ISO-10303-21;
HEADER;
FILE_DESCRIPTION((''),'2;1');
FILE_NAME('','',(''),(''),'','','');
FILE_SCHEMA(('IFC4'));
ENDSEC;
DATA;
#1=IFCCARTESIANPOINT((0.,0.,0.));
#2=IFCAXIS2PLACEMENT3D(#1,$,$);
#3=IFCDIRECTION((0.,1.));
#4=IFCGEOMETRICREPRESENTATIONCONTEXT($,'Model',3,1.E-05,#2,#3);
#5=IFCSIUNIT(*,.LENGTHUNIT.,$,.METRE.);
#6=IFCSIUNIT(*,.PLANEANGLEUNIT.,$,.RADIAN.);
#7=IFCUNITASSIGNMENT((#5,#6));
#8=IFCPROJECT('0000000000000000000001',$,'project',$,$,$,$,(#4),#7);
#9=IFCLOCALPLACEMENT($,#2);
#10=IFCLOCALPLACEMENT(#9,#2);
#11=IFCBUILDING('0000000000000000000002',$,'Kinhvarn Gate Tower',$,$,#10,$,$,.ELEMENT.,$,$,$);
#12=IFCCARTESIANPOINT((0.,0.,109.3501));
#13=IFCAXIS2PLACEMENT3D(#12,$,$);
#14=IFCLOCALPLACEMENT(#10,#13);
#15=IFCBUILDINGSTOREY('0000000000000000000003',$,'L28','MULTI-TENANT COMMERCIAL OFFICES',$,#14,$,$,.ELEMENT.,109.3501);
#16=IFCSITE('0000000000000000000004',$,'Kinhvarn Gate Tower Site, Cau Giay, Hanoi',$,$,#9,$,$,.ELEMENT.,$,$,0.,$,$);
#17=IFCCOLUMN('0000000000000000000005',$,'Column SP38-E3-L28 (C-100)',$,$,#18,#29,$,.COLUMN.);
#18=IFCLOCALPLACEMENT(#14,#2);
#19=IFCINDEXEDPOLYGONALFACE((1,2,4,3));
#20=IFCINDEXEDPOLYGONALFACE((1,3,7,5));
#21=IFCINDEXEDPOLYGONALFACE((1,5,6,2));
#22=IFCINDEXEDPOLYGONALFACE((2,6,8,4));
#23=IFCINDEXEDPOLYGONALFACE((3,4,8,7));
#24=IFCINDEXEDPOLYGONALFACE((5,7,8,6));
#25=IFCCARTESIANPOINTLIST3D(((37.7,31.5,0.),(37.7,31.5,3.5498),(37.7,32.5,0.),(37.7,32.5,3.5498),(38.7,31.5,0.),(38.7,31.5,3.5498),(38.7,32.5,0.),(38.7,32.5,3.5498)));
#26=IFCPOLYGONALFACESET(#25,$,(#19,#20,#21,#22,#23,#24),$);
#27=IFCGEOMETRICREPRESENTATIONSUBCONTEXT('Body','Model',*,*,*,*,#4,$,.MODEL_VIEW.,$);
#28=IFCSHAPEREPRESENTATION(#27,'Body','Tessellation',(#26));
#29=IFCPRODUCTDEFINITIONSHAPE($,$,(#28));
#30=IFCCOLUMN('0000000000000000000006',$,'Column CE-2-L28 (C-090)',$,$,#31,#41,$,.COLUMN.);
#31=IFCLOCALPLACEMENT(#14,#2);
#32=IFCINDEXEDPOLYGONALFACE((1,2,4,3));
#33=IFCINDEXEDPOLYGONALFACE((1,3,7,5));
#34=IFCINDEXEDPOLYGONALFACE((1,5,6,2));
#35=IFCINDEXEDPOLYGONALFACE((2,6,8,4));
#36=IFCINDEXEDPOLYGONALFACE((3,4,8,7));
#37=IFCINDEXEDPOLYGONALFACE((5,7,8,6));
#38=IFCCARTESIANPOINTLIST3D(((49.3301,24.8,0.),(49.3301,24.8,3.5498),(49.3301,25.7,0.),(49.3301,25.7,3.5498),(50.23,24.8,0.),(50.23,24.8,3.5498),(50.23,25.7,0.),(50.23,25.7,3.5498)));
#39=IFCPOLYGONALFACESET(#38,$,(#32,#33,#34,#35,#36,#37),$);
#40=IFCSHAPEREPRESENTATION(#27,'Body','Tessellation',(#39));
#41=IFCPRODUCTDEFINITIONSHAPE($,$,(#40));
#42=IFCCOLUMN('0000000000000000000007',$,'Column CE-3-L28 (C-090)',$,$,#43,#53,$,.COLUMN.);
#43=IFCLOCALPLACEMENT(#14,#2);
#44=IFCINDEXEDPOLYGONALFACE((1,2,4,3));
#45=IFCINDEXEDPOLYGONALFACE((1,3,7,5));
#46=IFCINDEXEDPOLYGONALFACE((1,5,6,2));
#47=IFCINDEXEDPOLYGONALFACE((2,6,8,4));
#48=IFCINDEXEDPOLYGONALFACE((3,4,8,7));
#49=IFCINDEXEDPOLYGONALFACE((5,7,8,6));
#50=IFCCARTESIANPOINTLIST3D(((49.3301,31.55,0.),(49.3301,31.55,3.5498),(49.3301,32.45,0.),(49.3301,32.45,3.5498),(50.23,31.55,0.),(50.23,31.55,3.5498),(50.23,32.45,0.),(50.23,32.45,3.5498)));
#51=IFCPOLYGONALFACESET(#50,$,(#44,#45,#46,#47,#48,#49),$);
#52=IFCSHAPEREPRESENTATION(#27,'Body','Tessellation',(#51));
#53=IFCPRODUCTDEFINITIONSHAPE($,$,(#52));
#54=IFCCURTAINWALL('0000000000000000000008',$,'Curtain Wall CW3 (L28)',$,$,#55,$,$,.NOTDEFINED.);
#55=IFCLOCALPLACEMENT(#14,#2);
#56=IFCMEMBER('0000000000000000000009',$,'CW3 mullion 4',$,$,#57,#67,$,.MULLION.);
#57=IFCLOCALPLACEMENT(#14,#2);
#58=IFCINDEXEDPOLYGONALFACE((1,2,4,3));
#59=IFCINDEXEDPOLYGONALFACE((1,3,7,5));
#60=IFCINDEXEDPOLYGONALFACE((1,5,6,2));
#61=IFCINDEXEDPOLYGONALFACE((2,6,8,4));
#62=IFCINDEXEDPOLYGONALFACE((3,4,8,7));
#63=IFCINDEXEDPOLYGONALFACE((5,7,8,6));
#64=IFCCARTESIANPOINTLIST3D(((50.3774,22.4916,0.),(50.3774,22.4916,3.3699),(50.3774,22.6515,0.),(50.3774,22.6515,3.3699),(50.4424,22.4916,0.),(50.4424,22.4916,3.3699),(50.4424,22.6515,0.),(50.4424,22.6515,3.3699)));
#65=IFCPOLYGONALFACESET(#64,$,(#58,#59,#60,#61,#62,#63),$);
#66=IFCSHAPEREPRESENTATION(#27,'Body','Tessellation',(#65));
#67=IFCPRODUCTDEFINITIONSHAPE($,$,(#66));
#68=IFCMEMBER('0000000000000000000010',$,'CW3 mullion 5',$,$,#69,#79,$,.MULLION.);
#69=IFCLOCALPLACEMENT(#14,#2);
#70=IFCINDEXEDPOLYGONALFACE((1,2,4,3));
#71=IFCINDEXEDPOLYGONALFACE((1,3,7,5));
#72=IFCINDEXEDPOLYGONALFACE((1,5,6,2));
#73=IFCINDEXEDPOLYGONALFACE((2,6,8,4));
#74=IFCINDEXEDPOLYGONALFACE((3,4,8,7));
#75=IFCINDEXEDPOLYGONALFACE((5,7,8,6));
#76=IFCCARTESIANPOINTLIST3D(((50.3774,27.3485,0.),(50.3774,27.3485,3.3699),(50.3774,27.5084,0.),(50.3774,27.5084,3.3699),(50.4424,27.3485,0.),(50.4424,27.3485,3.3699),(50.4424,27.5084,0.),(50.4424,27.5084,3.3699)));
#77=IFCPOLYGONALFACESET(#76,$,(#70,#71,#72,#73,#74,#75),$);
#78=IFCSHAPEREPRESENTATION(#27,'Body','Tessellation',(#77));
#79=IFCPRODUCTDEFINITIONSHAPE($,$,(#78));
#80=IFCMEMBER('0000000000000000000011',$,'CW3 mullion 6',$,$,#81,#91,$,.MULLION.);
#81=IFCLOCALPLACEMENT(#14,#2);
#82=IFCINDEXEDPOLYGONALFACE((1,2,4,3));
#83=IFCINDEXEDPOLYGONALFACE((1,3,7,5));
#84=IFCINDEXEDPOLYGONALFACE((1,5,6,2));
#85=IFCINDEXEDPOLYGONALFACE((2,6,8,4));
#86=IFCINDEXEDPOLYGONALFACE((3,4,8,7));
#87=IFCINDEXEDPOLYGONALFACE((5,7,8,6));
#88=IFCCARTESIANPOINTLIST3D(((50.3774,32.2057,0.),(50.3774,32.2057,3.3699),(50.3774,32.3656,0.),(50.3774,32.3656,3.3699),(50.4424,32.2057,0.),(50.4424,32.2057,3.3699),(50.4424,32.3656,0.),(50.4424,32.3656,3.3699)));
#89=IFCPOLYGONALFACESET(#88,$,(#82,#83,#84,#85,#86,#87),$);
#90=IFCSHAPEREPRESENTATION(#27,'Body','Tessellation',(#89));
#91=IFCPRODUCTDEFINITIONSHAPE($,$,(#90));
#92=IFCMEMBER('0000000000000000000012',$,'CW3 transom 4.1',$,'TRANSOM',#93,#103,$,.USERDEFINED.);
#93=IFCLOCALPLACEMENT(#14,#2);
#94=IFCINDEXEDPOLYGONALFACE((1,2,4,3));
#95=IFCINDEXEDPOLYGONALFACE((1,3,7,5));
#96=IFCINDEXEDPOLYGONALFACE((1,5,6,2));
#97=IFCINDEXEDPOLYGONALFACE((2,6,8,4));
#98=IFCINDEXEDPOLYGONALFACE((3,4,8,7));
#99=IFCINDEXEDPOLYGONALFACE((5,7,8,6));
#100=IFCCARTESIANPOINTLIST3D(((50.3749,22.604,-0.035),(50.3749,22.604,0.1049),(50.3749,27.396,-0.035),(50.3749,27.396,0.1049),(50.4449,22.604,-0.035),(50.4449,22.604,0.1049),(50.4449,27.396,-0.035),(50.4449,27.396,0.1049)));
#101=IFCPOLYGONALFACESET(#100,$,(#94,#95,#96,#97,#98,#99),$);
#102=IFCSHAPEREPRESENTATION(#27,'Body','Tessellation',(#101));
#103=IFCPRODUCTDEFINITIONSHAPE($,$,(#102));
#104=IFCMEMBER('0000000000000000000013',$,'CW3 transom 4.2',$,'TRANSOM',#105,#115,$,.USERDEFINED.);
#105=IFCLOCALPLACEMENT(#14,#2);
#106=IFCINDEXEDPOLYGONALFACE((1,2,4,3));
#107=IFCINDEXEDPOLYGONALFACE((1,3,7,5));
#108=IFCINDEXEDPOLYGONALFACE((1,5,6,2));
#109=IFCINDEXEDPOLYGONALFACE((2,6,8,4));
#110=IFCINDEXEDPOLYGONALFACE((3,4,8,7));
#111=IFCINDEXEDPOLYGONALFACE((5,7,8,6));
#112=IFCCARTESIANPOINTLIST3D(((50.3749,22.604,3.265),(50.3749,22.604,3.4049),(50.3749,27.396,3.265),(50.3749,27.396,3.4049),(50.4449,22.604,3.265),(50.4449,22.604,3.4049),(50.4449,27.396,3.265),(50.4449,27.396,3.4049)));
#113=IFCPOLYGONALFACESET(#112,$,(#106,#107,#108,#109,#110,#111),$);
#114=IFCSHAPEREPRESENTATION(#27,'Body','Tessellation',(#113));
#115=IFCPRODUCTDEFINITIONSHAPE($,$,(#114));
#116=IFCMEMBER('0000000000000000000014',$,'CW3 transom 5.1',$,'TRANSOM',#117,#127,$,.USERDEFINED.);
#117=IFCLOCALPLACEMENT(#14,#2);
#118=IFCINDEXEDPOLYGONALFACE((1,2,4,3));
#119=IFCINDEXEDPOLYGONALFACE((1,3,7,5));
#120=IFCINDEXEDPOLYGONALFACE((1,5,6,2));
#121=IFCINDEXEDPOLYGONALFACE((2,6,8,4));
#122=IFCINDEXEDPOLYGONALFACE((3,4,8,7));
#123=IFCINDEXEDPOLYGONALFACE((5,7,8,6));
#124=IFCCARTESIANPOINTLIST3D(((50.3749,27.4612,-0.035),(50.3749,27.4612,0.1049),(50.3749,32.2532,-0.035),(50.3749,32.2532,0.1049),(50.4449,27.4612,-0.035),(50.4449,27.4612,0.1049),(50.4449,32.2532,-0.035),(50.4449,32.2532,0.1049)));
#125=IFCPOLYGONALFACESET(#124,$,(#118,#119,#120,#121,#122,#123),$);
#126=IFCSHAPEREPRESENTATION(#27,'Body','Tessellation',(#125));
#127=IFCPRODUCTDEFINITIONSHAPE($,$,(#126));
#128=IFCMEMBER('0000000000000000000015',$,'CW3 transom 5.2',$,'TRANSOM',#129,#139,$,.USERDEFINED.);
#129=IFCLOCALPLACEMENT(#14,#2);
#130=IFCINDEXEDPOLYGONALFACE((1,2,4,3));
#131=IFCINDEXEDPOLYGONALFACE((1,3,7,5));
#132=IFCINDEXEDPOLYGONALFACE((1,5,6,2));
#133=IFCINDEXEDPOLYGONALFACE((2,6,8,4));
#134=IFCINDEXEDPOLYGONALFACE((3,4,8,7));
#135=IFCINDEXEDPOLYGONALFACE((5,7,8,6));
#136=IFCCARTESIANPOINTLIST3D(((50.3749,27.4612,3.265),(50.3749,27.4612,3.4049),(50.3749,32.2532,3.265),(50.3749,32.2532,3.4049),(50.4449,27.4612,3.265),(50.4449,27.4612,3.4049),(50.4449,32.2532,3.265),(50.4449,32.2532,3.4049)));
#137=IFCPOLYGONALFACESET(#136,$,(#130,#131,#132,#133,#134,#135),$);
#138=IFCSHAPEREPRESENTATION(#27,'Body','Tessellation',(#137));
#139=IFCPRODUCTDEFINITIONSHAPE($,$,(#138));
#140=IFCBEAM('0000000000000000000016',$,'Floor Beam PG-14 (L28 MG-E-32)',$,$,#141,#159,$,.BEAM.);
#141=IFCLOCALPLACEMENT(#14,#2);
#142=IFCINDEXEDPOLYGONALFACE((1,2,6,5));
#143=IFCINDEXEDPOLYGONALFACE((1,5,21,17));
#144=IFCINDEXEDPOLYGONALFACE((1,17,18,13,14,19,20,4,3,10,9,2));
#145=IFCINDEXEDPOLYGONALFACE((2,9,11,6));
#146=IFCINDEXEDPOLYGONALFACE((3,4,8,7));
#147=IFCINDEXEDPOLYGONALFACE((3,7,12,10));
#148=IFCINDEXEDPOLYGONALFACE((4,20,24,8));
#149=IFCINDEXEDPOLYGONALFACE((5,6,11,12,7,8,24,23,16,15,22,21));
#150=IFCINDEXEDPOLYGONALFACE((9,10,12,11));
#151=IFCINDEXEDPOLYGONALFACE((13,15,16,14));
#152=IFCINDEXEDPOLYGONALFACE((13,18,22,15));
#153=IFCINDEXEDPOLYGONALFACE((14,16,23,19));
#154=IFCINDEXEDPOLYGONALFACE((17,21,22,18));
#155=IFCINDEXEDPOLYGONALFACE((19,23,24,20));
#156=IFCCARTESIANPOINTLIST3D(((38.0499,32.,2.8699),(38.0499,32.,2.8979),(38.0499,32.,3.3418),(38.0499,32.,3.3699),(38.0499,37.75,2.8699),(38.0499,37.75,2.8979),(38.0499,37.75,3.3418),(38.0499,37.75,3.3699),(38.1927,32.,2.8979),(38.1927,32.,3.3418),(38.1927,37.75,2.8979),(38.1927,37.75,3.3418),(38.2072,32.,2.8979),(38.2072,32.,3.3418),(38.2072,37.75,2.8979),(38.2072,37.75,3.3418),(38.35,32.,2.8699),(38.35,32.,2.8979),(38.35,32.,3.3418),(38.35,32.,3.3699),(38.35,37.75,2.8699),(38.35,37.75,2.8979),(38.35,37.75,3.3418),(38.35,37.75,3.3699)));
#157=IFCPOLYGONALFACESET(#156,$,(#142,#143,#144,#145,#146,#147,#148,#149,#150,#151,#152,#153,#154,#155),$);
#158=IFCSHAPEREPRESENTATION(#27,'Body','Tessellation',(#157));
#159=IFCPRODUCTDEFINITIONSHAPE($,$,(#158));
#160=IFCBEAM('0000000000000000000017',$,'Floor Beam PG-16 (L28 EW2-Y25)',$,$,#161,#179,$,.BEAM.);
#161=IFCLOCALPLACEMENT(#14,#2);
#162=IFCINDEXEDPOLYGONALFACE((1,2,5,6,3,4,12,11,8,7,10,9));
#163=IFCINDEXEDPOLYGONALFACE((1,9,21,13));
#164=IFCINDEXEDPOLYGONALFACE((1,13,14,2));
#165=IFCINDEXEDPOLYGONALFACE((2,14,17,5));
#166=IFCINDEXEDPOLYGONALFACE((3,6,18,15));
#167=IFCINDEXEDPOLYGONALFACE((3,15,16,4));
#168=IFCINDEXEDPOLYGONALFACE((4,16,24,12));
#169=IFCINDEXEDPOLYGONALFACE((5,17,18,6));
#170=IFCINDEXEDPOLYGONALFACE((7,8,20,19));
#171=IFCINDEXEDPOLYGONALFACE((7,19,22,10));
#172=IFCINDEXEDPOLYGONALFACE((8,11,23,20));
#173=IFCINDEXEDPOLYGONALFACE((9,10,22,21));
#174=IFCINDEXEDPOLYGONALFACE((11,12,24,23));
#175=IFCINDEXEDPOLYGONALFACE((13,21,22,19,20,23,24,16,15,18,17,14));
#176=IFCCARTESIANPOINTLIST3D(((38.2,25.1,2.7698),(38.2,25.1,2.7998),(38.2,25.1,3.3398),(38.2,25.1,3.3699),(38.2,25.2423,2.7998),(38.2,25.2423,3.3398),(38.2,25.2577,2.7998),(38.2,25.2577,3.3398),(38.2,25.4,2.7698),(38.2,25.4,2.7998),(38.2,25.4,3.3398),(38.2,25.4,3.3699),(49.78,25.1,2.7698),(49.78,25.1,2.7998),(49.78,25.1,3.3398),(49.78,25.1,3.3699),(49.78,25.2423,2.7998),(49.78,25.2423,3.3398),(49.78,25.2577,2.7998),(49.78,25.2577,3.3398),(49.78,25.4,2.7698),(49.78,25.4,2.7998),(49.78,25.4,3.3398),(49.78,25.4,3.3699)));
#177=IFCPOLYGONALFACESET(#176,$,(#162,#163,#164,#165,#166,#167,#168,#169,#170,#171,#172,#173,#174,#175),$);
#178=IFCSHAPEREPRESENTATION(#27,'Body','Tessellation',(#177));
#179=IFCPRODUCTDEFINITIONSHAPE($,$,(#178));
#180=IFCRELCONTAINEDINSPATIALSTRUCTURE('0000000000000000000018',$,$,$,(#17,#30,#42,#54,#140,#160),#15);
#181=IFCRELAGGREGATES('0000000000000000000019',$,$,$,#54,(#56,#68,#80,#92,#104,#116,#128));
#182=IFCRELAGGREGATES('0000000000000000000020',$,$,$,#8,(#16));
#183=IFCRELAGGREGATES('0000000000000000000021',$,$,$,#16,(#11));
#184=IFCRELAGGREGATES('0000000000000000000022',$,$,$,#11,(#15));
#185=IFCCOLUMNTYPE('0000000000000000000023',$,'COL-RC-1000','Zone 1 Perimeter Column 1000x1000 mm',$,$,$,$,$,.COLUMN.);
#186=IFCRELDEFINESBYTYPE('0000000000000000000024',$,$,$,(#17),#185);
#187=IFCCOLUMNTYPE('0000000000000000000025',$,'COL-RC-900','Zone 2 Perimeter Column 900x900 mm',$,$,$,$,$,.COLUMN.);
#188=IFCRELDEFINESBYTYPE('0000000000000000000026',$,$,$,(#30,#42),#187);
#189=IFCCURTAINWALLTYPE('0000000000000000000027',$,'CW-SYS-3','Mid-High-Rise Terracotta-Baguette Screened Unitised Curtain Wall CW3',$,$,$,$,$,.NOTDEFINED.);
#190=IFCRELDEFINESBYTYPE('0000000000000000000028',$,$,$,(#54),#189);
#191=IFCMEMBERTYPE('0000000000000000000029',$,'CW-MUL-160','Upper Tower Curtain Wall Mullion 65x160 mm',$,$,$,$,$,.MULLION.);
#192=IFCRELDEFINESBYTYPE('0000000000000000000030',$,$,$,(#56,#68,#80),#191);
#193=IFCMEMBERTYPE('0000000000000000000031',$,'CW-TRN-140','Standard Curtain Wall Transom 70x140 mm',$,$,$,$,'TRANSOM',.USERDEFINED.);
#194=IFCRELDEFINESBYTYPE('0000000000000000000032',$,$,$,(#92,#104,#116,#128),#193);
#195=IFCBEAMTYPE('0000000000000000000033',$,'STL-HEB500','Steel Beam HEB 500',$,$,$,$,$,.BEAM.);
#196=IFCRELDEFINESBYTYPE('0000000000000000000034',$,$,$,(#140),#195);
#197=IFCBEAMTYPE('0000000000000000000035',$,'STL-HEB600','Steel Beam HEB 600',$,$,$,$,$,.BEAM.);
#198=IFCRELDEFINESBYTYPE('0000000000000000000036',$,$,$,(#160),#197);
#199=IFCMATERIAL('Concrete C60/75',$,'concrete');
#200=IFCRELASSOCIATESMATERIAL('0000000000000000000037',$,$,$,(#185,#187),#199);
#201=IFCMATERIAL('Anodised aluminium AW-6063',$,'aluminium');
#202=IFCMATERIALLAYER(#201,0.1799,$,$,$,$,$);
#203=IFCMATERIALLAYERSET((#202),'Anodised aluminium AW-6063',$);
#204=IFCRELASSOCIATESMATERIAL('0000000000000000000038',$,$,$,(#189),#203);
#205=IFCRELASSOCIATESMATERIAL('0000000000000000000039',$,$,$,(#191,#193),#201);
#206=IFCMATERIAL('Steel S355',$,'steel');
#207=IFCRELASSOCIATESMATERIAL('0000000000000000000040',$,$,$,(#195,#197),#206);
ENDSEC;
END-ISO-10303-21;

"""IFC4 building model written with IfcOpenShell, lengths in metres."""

from ifc_helpers import new_model, si_unit, direction, frame, origin, origin_2d, place, context, subcontext, project, spatial, rectangle, i_section, extrude, material, layer, layer_set, material_profile, profile_set, type_object, element, aggregate, save


model = new_model("IFC4")

# Units and contexts
model_context = context("Model", 3, precision=1e-05, world=origin(), true_north=direction((0.0, 1.0)))
body_context = subcontext(model_context, "Body", "Model", "MODEL_VIEW")
ifc_project = project(units=[si_unit("LENGTHUNIT", "METRE"), si_unit("PLANEANGLEUNIT", "RADIAN")], contexts=[model_context])

# Site, building, storey
site_placement = place(None, origin())
site = spatial("IfcSite", under=ifc_project, at=site_placement, Name="Kinhvarn Gate Tower Site, Cau Giay, Hanoi", CompositionType="ELEMENT", RefElevation=0.0)
building_placement = place(site_placement, origin())
building = spatial("IfcBuilding", under=site, at=building_placement, Name="Kinhvarn Gate Tower", CompositionType="ELEMENT")
storey_placement = place(building_placement, frame((0.0, 0.0, 109.3501)))
storey = spatial("IfcBuildingStorey", under=building, at=storey_placement, Name="L28", Description="MULTI-TENANT COMMERCIAL OFFICES", CompositionType="ELEMENT", Elevation=109.3501)

# Columns
ifc_material_1 = material(Name="Concrete C60/75", Category="concrete")
ifc_material_profile_1 = material_profile(ifc_material_1, rectangle(XDim=1.0, YDim=1.0, at=origin_2d()), Name="RC 1000x1000")
ifc_profile_set_1 = profile_set([ifc_material_profile_1], Name="Concrete C60/75")
column_type_1 = type_object("IfcColumnType", Name="COL-RC-1000", Description="Zone 1 Perimeter Column 1000x1000 mm", PredefinedType="COLUMN", material=ifc_profile_set_1)
column_placement = place(storey_placement, frame((38.2, 32.0, 0.0), z_axis=(0.0, 0.0, 1.0), x_axis=(1.0, 0.0, 0.0)))
element("IfcColumn", 1, at=column_placement, inside=storey, type_object=column_type_1, Name="Column SP38-E3-L28 (C-100)", PredefinedType="COLUMN", context=body_context, shape_type="SweptSolid", body=[
    extrude(rectangle(XDim=1.0, YDim=1.0, at=origin_2d()), origin(), (0.0, 0.0, 1.0), 3.5498),
])
ifc_material_profile_2 = material_profile(ifc_material_1, rectangle(XDim=0.8999, YDim=0.8999, at=origin_2d()), Name="RC 900x900")
ifc_profile_set_2 = profile_set([ifc_material_profile_2], Name="Concrete C60/75")
column_type_2 = type_object("IfcColumnType", Name="COL-RC-900", Description="Zone 2 Perimeter Column 900x900 mm", PredefinedType="COLUMN", material=ifc_profile_set_2)
for number, where, z_axis, x_axis, name in (
    (2, (49.78, 25.25, 0.0), (0.0, 0.0, 1.0), (1.0, 0.0, 0.0), "Column CE-2-L28 (C-090)"),
    (3, (49.78, 32.0, 0.0), (0.0, 0.0, 1.0), (1.0, 0.0, 0.0), "Column CE-3-L28 (C-090)"),
):
    element("IfcColumn", number, at=place(storey_placement, frame(where, z_axis=z_axis, x_axis=x_axis)), inside=storey, type_object=column_type_2, Name=name, PredefinedType="COLUMN", context=body_context, shape_type="SweptSolid", body=[
        extrude(rectangle(XDim=0.8999, YDim=0.8999, at=origin_2d()), origin(), (0.0, 0.0, 1.0), 3.5498),
    ])

# Curtain wall, members
ifc_material_2 = material(Name="Anodised aluminium AW-6063", Category="aluminium")
ifc_layer_1 = layer(ifc_material_2, 0.1799)
ifc_layer_set_1 = layer_set([ifc_layer_1], Name="Anodised aluminium AW-6063")
curtain_wall_type = type_object("IfcCurtainWallType", Name="CW-SYS-3", Description="Mid-High-Rise Terracotta-Baguette Screened Unitised Curtain Wall CW3", PredefinedType="NOTDEFINED", material=ifc_layer_set_1)
curtain_wall_placement = place(storey_placement, origin())
curtain_wall = element("IfcCurtainWall", 4, at=curtain_wall_placement, inside=storey, type_object=curtain_wall_type, Name="Curtain Wall CW3 (L28)", PredefinedType="NOTDEFINED")
ifc_material_profile_3 = material_profile(ifc_material_2, rectangle(XDim=0.0649, YDim=0.1599, at=origin_2d()), Name="ALU 65x160")
ifc_profile_set_3 = profile_set([ifc_material_profile_3], Name="Anodised aluminium AW-6063")
member_type_1 = type_object("IfcMemberType", Name="CW-MUL-160", Description="Upper Tower Curtain Wall Mullion 65x160 mm", PredefinedType="MULLION", material=ifc_profile_set_3)
member_1_placement = place(storey_placement, frame((50.4099, 22.5715, 0.0), z_axis=(0.0, 0.0, 1.0), x_axis=(-1.0, 0.0, 0.0)))
member_1 = element("IfcMember", 5, at=member_1_placement, type_object=member_type_1, Name="CW3 mullion 4", PredefinedType="MULLION", context=body_context, shape_type="SweptSolid", body=[
    extrude(rectangle(XDim=0.0649, YDim=0.1599, at=origin_2d()), origin(), (0.0, 0.0, 1.0), 3.3699),
])
member_2_placement = place(storey_placement, frame((50.4099, 27.4285, 0.0), z_axis=(0.0, 0.0, 1.0), x_axis=(-1.0, 0.0, 0.0)))
member_2 = element("IfcMember", 6, at=member_2_placement, type_object=member_type_1, Name="CW3 mullion 5", PredefinedType="MULLION", context=body_context, shape_type="SweptSolid", body=[
    extrude(rectangle(XDim=0.0649, YDim=0.1599, at=origin_2d()), origin(), (0.0, 0.0, 1.0), 3.3699),
])
member_3_placement = place(storey_placement, frame((50.4099, 32.2856, 0.0), z_axis=(0.0, 0.0, 1.0), x_axis=(-1.0, 0.0, 0.0)))
member_3 = element("IfcMember", 7, at=member_3_placement, type_object=member_type_1, Name="CW3 mullion 6", PredefinedType="MULLION", context=body_context, shape_type="SweptSolid", body=[
    extrude(rectangle(XDim=0.0649, YDim=0.1599, at=origin_2d()), origin(), (0.0, 0.0, 1.0), 3.3699),
])
ifc_material_profile_4 = material_profile(ifc_material_2, rectangle(XDim=0.0701, YDim=0.1399, at=origin_2d()), Name="ALU 70x140")
ifc_profile_set_4 = profile_set([ifc_material_profile_4], Name="Anodised aluminium AW-6063")
member_type_2 = type_object("IfcMemberType", Name="CW-TRN-140", Description="Standard Curtain Wall Transom 70x140 mm", ElementType="TRANSOM", PredefinedType="USERDEFINED", material=ifc_profile_set_4)
member_4_placement = place(storey_placement, frame((50.4099, 22.604, 0.0349), z_axis=(0.0, 1.0, 0.0), x_axis=(-1.0, 0.0, 0.0)))
member_4 = element("IfcMember", 8, at=member_4_placement, type_object=member_type_2, Name="CW3 transom 4.1", ObjectType="TRANSOM", PredefinedType="USERDEFINED", context=body_context, shape_type="SweptSolid", body=[
    extrude(rectangle(XDim=0.0701, YDim=0.1399, at=origin_2d()), origin(), (0.0, 0.0, 1.0), 4.792),
])
member_5_placement = place(storey_placement, frame((50.4099, 22.604, 3.335), z_axis=(0.0, 1.0, 0.0), x_axis=(-1.0, 0.0, 0.0)))
member_5 = element("IfcMember", 9, at=member_5_placement, type_object=member_type_2, Name="CW3 transom 4.2", ObjectType="TRANSOM", PredefinedType="USERDEFINED", context=body_context, shape_type="SweptSolid", body=[
    extrude(rectangle(XDim=0.0701, YDim=0.1399, at=origin_2d()), origin(), (0.0, 0.0, 1.0), 4.792),
])
member_6_placement = place(storey_placement, frame((50.4099, 27.4612, 0.0349), z_axis=(0.0, 1.0, 0.0), x_axis=(-1.0, 0.0, 0.0)))
member_6 = element("IfcMember", 10, at=member_6_placement, type_object=member_type_2, Name="CW3 transom 5.1", ObjectType="TRANSOM", PredefinedType="USERDEFINED", context=body_context, shape_type="SweptSolid", body=[
    extrude(rectangle(XDim=0.0701, YDim=0.1399, at=origin_2d()), origin(), (0.0, 0.0, 1.0), 4.792),
])
member_7_placement = place(storey_placement, frame((50.4099, 27.4612, 3.335), z_axis=(0.0, 1.0, 0.0), x_axis=(-1.0, 0.0, 0.0)))
member_7 = element("IfcMember", 11, at=member_7_placement, type_object=member_type_2, Name="CW3 transom 5.2", ObjectType="TRANSOM", PredefinedType="USERDEFINED", context=body_context, shape_type="SweptSolid", body=[
    extrude(rectangle(XDim=0.0701, YDim=0.1399, at=origin_2d()), origin(), (0.0, 0.0, 1.0), 4.792),
])

# Beams
ifc_material_3 = material(Name="Steel S355", Category="steel")
ifc_material_profile_5 = material_profile(ifc_material_3, i_section(OverallWidth=0.3, OverallDepth=0.5, WebThickness=0.0144, FlangeThickness=0.0281, at=origin_2d()), Name="HEB 500")
ifc_profile_set_5 = profile_set([ifc_material_profile_5], Name="Steel S355")
beam_type_1 = type_object("IfcBeamType", Name="STL-HEB500", Description="Steel Beam HEB 500", PredefinedType="BEAM", material=ifc_profile_set_5)
beam_1_placement = place(storey_placement, frame((38.2, 32.0, 3.1199), z_axis=(0.0, 1.0, 0.0), x_axis=(-1.0, 0.0, 0.0)))
element("IfcBeam", 12, at=beam_1_placement, inside=storey, type_object=beam_type_1, Name="Floor Beam PG-14 (L28 MG-E-32)", PredefinedType="BEAM", context=body_context, shape_type="SweptSolid", body=[
    extrude(i_section(OverallWidth=0.3, OverallDepth=0.5, WebThickness=0.0144, FlangeThickness=0.0281, at=origin_2d()), origin(), (0.0, 0.0, 1.0), 5.75),
])
ifc_material_profile_6 = material_profile(ifc_material_3, i_section(OverallWidth=0.3, OverallDepth=0.6001, WebThickness=0.0154, FlangeThickness=0.03, at=origin_2d()), Name="HEB 600")
ifc_profile_set_6 = profile_set([ifc_material_profile_6], Name="Steel S355")
beam_type_2 = type_object("IfcBeamType", Name="STL-HEB600", Description="Steel Beam HEB 600", PredefinedType="BEAM", material=ifc_profile_set_6)
for number, where, z_axis, x_axis, name in (
    (13, (38.2, 25.25, 3.0698), (1.0, 0.0, 0.0), (0.0, 1.0, 0.0), "Floor Beam PG-16 (L28 EW2-Y25)"),
):
    element("IfcBeam", number, at=place(storey_placement, frame(where, z_axis=z_axis, x_axis=x_axis)), inside=storey, type_object=beam_type_2, Name=name, PredefinedType="BEAM", context=body_context, shape_type="SweptSolid", body=[
        extrude(i_section(OverallWidth=0.3, OverallDepth=0.6001, WebThickness=0.0154, FlangeThickness=0.03, at=origin_2d()), origin(), (0.0, 0.0, 1.0), 11.5801),
    ])

aggregate(curtain_wall, [member_1, member_2, member_3, member_4, member_5, member_6, member_7])

save(model, "model.ifc")
